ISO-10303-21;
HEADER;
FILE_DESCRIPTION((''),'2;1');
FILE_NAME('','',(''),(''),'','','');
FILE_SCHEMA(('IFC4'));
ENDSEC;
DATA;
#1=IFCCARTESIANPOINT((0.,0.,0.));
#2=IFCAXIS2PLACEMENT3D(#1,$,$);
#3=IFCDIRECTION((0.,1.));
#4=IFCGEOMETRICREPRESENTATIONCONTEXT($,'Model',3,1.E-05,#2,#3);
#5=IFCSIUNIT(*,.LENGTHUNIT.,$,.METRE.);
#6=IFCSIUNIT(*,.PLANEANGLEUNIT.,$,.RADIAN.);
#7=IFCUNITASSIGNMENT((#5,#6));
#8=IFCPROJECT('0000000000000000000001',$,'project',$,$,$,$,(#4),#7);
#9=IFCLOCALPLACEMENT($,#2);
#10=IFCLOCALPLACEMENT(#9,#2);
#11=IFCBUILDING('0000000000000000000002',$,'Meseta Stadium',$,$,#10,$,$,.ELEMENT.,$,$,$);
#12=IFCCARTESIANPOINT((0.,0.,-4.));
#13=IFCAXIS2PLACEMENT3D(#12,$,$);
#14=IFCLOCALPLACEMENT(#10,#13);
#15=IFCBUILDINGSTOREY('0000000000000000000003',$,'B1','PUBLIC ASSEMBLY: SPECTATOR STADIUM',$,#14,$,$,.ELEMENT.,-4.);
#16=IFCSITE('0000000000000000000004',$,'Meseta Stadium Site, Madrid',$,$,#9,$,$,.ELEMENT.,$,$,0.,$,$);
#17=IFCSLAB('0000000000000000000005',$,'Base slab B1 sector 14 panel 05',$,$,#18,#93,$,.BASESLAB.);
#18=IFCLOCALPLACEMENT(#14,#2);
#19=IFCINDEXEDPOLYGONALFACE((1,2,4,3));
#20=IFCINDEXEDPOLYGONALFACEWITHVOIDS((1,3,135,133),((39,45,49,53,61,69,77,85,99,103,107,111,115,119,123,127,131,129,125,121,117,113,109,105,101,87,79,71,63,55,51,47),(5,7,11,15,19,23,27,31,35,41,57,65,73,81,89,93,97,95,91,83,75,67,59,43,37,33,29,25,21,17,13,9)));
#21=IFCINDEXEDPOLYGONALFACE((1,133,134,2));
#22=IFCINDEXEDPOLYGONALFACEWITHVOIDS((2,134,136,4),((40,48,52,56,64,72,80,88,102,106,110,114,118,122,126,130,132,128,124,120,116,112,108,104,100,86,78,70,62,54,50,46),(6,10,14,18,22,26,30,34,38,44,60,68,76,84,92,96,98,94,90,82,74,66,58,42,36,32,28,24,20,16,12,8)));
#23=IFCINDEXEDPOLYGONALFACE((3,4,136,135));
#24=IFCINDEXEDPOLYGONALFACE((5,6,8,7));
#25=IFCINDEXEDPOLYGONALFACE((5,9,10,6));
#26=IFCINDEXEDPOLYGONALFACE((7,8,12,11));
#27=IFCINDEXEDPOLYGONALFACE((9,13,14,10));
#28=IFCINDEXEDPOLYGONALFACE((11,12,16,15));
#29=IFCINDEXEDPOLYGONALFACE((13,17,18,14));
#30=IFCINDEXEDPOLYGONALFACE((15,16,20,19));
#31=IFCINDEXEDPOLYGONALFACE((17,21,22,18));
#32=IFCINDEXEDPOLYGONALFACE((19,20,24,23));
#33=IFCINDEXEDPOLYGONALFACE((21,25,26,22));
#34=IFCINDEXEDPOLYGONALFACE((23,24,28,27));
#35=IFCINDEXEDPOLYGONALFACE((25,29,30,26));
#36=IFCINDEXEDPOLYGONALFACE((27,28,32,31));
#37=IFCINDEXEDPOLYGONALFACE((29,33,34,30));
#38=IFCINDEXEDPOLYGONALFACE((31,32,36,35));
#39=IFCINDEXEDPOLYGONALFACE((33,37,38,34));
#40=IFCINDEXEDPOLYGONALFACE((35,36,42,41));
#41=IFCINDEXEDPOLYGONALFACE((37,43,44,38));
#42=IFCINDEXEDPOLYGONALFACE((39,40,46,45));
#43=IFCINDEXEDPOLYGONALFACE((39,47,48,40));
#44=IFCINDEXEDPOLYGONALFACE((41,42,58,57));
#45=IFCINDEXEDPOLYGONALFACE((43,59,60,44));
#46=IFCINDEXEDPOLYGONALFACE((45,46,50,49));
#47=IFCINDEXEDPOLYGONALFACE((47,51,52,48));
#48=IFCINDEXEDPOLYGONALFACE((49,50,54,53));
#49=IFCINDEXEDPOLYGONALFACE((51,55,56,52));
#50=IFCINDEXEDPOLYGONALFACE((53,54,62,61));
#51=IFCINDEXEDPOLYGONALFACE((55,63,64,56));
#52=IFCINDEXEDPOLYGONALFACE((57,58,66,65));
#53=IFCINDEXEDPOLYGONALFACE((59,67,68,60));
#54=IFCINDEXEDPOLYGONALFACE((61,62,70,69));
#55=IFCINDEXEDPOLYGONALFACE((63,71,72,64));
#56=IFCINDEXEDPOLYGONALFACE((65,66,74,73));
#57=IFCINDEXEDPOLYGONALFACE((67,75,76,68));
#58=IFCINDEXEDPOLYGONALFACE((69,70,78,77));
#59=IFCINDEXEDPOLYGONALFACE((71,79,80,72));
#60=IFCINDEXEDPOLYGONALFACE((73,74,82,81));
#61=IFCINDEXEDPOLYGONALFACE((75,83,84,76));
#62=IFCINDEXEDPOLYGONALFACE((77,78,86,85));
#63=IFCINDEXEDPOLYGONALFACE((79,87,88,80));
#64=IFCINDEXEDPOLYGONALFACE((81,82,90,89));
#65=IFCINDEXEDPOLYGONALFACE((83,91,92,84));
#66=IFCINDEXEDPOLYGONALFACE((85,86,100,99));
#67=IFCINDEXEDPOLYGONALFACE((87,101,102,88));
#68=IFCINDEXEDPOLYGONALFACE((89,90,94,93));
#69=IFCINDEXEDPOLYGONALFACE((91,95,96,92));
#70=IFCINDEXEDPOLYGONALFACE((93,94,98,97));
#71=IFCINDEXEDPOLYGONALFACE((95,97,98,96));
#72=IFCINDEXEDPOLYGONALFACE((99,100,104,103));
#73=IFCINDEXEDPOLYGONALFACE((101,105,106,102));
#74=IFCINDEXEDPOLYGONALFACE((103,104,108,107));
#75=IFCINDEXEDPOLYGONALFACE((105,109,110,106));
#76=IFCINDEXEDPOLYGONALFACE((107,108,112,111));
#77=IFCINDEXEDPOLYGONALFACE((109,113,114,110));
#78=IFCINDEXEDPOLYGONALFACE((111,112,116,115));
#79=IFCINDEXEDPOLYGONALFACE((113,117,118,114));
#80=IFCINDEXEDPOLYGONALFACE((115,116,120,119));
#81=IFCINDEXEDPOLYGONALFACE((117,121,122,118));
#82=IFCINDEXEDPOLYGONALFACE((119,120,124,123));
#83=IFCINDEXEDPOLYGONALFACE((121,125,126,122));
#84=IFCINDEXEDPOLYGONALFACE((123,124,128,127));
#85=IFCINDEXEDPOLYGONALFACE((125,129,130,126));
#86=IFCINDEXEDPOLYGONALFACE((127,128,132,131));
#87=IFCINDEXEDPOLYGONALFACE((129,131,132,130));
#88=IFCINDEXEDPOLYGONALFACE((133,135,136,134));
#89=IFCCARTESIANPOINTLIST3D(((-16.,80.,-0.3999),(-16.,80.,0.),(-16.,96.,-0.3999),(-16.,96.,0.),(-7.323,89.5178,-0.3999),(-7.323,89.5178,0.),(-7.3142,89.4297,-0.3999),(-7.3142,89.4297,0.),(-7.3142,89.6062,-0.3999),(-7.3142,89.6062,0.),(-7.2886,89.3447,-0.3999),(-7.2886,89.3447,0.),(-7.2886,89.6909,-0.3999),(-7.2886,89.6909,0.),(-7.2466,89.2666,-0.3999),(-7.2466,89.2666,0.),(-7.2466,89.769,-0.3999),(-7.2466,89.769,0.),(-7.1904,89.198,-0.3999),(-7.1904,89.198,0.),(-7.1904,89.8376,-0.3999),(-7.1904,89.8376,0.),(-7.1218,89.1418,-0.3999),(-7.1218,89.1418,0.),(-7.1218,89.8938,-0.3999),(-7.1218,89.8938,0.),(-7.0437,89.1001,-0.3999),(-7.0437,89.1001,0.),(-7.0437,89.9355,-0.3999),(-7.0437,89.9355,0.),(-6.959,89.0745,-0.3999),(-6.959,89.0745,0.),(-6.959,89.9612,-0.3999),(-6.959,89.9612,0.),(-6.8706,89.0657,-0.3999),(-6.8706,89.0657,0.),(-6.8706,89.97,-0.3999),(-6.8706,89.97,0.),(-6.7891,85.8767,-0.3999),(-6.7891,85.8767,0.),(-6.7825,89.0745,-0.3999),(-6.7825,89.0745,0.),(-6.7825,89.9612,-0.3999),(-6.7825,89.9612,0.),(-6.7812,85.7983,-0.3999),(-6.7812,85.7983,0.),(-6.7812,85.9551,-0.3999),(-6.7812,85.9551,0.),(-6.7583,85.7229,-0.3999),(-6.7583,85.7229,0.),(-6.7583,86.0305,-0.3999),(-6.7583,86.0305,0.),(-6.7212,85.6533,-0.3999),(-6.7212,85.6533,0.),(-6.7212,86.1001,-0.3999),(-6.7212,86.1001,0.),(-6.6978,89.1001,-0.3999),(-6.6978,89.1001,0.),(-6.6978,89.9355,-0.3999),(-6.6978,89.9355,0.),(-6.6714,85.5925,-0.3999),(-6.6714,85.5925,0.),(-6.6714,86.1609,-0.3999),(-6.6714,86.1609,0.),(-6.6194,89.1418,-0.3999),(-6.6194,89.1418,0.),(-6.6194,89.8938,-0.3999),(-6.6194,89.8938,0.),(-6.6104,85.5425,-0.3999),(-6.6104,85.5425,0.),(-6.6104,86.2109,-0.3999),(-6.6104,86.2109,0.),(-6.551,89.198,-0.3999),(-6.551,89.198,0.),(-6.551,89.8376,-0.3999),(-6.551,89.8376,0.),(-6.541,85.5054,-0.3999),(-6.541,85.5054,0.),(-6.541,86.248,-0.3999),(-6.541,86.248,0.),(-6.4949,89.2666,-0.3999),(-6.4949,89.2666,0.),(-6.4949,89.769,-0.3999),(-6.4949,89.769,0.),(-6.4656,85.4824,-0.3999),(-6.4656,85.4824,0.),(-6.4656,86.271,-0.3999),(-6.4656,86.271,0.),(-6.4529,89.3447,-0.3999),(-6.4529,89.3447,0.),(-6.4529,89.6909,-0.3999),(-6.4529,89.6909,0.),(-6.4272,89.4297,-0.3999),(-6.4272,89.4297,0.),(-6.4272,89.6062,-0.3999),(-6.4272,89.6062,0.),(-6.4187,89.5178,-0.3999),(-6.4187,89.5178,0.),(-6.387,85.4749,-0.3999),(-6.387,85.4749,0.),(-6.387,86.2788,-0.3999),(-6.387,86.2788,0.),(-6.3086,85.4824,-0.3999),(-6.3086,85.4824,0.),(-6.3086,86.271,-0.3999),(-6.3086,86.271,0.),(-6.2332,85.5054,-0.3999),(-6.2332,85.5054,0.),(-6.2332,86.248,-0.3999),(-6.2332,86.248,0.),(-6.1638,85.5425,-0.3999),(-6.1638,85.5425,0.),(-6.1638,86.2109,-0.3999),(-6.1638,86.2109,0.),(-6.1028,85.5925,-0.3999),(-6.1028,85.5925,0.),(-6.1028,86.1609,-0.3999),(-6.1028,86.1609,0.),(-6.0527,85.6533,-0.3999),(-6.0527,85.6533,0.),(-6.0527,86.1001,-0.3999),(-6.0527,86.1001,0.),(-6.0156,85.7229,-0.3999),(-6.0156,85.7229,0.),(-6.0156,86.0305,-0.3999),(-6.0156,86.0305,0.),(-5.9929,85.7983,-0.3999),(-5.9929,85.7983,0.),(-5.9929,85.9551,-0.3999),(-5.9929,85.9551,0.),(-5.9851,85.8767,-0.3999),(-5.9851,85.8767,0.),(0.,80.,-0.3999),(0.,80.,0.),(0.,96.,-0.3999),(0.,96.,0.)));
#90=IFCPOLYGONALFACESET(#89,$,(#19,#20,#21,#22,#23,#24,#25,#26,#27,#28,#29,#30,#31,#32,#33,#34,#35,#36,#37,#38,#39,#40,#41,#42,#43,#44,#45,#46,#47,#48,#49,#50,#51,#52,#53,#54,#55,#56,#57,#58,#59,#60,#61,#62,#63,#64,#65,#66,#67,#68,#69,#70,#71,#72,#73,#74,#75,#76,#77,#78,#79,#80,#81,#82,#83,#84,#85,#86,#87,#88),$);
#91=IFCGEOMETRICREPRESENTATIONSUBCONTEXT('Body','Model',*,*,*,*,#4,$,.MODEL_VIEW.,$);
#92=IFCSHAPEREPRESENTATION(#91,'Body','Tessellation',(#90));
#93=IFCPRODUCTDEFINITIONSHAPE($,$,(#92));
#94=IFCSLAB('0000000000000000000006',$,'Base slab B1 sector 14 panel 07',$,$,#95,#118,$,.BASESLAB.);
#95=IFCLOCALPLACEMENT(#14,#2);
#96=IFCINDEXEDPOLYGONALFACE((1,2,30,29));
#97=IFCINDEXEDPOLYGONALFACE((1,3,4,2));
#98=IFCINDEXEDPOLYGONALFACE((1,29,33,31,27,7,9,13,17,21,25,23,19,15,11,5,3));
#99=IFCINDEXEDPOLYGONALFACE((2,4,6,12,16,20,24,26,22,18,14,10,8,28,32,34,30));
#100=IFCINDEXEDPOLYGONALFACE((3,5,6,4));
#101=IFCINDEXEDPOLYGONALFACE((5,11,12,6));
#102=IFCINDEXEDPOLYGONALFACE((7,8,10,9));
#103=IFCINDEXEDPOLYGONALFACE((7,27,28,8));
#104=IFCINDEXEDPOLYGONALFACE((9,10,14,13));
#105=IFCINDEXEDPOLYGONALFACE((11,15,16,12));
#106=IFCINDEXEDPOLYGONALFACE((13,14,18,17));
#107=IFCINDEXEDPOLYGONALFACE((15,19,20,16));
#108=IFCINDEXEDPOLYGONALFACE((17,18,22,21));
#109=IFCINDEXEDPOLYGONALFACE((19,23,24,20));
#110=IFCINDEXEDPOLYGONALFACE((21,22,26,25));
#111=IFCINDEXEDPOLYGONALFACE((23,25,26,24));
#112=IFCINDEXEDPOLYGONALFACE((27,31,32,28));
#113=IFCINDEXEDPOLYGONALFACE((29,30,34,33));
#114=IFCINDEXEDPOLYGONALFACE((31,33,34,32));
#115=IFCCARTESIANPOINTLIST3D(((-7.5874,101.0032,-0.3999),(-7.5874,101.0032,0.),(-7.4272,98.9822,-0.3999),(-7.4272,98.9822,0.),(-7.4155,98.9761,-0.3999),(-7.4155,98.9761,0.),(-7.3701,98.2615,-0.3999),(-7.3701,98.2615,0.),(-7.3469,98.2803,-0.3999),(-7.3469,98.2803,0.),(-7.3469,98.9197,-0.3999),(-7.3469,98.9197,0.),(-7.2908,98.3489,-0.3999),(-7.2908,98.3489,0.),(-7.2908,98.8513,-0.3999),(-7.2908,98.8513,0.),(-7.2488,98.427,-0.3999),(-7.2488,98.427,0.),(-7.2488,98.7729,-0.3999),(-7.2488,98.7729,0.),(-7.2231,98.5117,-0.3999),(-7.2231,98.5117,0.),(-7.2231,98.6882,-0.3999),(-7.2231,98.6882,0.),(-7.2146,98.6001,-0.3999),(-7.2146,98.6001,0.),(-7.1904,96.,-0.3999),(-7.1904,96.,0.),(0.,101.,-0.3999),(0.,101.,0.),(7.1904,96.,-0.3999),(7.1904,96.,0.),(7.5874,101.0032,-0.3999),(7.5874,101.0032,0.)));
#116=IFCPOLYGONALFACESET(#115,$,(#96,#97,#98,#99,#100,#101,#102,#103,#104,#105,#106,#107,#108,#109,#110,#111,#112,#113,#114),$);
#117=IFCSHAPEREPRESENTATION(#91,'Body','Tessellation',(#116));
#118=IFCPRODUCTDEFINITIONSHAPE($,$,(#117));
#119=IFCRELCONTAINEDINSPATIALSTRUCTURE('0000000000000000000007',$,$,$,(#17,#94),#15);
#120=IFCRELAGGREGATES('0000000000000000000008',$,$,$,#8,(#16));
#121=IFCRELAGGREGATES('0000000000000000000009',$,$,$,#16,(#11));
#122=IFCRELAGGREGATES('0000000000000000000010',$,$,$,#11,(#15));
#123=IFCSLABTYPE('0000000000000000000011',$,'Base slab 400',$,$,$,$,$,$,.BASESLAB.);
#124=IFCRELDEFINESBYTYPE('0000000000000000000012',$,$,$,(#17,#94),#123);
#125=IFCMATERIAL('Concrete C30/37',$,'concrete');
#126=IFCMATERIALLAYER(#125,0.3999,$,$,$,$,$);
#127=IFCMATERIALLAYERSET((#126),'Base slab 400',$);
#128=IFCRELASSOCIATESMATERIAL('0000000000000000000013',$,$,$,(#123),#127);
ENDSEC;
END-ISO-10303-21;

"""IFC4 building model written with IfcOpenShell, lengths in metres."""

from ifc_helpers import new_model, si_unit, direction, frame, origin, place, context, subcontext, project, spatial, polyline, outline, extrude, material, layer, layer_set, type_object, element, save


model = new_model("IFC4")

# Units and contexts
model_context = context("Model", 3, precision=1e-05, world=origin(), true_north=direction((0.0, 1.0)))
body_context = subcontext(model_context, "Body", "Model", "MODEL_VIEW")
ifc_project = project(units=[si_unit("LENGTHUNIT", "METRE"), si_unit("PLANEANGLEUNIT", "RADIAN")], contexts=[model_context])

# Site, building, storey
site_placement = place(None, origin())
site = spatial("IfcSite", under=ifc_project, at=site_placement, Name="Meseta Stadium Site, Madrid", CompositionType="ELEMENT", RefElevation=0.0)
building_placement = place(site_placement, origin())
building = spatial("IfcBuilding", under=site, at=building_placement, Name="Meseta Stadium", CompositionType="ELEMENT")
storey_placement = place(building_placement, frame((0.0, 0.0, -4.0)))
storey = spatial("IfcBuildingStorey", under=building, at=storey_placement, Name="B1", Description="PUBLIC ASSEMBLY: SPECTATOR STADIUM", CompositionType="ELEMENT", Elevation=-4.0)

# Slabs
ifc_material_1 = material(Name="Concrete C30/37", Category="concrete")
ifc_layer = layer(ifc_material_1, 0.3999)
ifc_layer_set = layer_set([ifc_layer], Name="Base slab 400")
slab_type = type_object("IfcSlabType", Name="Base slab 400", PredefinedType="BASESLAB", material=ifc_layer_set)
slab_1_placement = place(storey_placement, frame((0.0, 0.0, -0.3999)))
element("IfcSlab", 1, at=slab_1_placement, inside=storey, type_object=slab_type, Name="Base slab B1 sector 14 panel 05", PredefinedType="BASESLAB", context=body_context, shape_type="SweptSolid", body=[
    extrude(outline(polyline([(-16.0, 96.0), (-16.0, 80.0), (0.0, 80.0), (0.0, 96.0), (-16.0, 96.0)]), holes=[polyline([(-6.6714, 86.1609), (-6.6104, 86.2109), (-6.541, 86.248), (-6.4656, 86.271), (-6.387, 86.2788), (-6.3086, 86.271), (-6.2332, 86.248), (-6.1638, 86.2109), (-6.1028, 86.1609), (-6.0527, 86.1001), (-6.0156, 86.0305), (-5.9929, 85.9551), (-5.9851, 85.8767), (-5.9929, 85.7983), (-6.0156, 85.7229), (-6.0527, 85.6533), (-6.1028, 85.5925), (-6.1638, 85.5425), (-6.2332, 85.5054), (-6.3086, 85.4824), (-6.387, 85.4749), (-6.4656, 85.4824), (-6.541, 85.5054), (-6.6104, 85.5425), (-6.6714, 85.5925), (-6.7212, 85.6533), (-6.7583, 85.7229), (-6.7812, 85.7983), (-6.7891, 85.8767), (-6.7812, 85.9551), (-6.7583, 86.0305), (-6.7212, 86.1001), (-6.6714, 86.1609)]), polyline([(-6.8706, 89.97), (-6.7825, 89.9612), (-6.6978, 89.9355), (-6.6194, 89.8938), (-6.551, 89.8376), (-6.4949, 89.769), (-6.4529, 89.6909), (-6.4272, 89.6062), (-6.4187, 89.5178), (-6.4272, 89.4297), (-6.4529, 89.3447), (-6.4949, 89.2666), (-6.551, 89.198), (-6.6194, 89.1418), (-6.6978, 89.1001), (-6.7825, 89.0745), (-6.8706, 89.0657), (-6.959, 89.0745), (-7.0437, 89.1001), (-7.1218, 89.1418), (-7.1904, 89.198), (-7.2466, 89.2666), (-7.2886, 89.3447), (-7.3142, 89.4297), (-7.323, 89.5178), (-7.3142, 89.6062), (-7.2886, 89.6909), (-7.2466, 89.769), (-7.1904, 89.8376), (-7.1218, 89.8938), (-7.0437, 89.9355), (-6.959, 89.9612), (-6.8706, 89.97)])]), origin(), (0.0, 0.0, 1.0), 0.3999),
])
slab_2_placement = place(storey_placement, frame((0.0, 0.0, -0.3999)))
element("IfcSlab", 2, at=slab_2_placement, inside=storey, type_object=slab_type, Name="Base slab B1 sector 14 panel 07", PredefinedType="BASESLAB", context=body_context, shape_type="SweptSolid", body=[
    extrude(outline(polyline([(-7.3701, 98.2615), (-7.1904, 96.0), (7.1904, 96.0), (7.5874, 101.0032), (0.0, 101.0), (-7.5874, 101.0032), (-7.4272, 98.9822), (-7.4155, 98.9761), (-7.3469, 98.9197), (-7.2908, 98.8513), (-7.2488, 98.7729), (-7.2231, 98.6882), (-7.2146, 98.6001), (-7.2231, 98.5117), (-7.2488, 98.427), (-7.2908, 98.3489), (-7.3469, 98.2803), (-7.3701, 98.2615)])), origin(), (0.0, 0.0, 1.0), 0.3999),
])

save(model, "model.ifc")
